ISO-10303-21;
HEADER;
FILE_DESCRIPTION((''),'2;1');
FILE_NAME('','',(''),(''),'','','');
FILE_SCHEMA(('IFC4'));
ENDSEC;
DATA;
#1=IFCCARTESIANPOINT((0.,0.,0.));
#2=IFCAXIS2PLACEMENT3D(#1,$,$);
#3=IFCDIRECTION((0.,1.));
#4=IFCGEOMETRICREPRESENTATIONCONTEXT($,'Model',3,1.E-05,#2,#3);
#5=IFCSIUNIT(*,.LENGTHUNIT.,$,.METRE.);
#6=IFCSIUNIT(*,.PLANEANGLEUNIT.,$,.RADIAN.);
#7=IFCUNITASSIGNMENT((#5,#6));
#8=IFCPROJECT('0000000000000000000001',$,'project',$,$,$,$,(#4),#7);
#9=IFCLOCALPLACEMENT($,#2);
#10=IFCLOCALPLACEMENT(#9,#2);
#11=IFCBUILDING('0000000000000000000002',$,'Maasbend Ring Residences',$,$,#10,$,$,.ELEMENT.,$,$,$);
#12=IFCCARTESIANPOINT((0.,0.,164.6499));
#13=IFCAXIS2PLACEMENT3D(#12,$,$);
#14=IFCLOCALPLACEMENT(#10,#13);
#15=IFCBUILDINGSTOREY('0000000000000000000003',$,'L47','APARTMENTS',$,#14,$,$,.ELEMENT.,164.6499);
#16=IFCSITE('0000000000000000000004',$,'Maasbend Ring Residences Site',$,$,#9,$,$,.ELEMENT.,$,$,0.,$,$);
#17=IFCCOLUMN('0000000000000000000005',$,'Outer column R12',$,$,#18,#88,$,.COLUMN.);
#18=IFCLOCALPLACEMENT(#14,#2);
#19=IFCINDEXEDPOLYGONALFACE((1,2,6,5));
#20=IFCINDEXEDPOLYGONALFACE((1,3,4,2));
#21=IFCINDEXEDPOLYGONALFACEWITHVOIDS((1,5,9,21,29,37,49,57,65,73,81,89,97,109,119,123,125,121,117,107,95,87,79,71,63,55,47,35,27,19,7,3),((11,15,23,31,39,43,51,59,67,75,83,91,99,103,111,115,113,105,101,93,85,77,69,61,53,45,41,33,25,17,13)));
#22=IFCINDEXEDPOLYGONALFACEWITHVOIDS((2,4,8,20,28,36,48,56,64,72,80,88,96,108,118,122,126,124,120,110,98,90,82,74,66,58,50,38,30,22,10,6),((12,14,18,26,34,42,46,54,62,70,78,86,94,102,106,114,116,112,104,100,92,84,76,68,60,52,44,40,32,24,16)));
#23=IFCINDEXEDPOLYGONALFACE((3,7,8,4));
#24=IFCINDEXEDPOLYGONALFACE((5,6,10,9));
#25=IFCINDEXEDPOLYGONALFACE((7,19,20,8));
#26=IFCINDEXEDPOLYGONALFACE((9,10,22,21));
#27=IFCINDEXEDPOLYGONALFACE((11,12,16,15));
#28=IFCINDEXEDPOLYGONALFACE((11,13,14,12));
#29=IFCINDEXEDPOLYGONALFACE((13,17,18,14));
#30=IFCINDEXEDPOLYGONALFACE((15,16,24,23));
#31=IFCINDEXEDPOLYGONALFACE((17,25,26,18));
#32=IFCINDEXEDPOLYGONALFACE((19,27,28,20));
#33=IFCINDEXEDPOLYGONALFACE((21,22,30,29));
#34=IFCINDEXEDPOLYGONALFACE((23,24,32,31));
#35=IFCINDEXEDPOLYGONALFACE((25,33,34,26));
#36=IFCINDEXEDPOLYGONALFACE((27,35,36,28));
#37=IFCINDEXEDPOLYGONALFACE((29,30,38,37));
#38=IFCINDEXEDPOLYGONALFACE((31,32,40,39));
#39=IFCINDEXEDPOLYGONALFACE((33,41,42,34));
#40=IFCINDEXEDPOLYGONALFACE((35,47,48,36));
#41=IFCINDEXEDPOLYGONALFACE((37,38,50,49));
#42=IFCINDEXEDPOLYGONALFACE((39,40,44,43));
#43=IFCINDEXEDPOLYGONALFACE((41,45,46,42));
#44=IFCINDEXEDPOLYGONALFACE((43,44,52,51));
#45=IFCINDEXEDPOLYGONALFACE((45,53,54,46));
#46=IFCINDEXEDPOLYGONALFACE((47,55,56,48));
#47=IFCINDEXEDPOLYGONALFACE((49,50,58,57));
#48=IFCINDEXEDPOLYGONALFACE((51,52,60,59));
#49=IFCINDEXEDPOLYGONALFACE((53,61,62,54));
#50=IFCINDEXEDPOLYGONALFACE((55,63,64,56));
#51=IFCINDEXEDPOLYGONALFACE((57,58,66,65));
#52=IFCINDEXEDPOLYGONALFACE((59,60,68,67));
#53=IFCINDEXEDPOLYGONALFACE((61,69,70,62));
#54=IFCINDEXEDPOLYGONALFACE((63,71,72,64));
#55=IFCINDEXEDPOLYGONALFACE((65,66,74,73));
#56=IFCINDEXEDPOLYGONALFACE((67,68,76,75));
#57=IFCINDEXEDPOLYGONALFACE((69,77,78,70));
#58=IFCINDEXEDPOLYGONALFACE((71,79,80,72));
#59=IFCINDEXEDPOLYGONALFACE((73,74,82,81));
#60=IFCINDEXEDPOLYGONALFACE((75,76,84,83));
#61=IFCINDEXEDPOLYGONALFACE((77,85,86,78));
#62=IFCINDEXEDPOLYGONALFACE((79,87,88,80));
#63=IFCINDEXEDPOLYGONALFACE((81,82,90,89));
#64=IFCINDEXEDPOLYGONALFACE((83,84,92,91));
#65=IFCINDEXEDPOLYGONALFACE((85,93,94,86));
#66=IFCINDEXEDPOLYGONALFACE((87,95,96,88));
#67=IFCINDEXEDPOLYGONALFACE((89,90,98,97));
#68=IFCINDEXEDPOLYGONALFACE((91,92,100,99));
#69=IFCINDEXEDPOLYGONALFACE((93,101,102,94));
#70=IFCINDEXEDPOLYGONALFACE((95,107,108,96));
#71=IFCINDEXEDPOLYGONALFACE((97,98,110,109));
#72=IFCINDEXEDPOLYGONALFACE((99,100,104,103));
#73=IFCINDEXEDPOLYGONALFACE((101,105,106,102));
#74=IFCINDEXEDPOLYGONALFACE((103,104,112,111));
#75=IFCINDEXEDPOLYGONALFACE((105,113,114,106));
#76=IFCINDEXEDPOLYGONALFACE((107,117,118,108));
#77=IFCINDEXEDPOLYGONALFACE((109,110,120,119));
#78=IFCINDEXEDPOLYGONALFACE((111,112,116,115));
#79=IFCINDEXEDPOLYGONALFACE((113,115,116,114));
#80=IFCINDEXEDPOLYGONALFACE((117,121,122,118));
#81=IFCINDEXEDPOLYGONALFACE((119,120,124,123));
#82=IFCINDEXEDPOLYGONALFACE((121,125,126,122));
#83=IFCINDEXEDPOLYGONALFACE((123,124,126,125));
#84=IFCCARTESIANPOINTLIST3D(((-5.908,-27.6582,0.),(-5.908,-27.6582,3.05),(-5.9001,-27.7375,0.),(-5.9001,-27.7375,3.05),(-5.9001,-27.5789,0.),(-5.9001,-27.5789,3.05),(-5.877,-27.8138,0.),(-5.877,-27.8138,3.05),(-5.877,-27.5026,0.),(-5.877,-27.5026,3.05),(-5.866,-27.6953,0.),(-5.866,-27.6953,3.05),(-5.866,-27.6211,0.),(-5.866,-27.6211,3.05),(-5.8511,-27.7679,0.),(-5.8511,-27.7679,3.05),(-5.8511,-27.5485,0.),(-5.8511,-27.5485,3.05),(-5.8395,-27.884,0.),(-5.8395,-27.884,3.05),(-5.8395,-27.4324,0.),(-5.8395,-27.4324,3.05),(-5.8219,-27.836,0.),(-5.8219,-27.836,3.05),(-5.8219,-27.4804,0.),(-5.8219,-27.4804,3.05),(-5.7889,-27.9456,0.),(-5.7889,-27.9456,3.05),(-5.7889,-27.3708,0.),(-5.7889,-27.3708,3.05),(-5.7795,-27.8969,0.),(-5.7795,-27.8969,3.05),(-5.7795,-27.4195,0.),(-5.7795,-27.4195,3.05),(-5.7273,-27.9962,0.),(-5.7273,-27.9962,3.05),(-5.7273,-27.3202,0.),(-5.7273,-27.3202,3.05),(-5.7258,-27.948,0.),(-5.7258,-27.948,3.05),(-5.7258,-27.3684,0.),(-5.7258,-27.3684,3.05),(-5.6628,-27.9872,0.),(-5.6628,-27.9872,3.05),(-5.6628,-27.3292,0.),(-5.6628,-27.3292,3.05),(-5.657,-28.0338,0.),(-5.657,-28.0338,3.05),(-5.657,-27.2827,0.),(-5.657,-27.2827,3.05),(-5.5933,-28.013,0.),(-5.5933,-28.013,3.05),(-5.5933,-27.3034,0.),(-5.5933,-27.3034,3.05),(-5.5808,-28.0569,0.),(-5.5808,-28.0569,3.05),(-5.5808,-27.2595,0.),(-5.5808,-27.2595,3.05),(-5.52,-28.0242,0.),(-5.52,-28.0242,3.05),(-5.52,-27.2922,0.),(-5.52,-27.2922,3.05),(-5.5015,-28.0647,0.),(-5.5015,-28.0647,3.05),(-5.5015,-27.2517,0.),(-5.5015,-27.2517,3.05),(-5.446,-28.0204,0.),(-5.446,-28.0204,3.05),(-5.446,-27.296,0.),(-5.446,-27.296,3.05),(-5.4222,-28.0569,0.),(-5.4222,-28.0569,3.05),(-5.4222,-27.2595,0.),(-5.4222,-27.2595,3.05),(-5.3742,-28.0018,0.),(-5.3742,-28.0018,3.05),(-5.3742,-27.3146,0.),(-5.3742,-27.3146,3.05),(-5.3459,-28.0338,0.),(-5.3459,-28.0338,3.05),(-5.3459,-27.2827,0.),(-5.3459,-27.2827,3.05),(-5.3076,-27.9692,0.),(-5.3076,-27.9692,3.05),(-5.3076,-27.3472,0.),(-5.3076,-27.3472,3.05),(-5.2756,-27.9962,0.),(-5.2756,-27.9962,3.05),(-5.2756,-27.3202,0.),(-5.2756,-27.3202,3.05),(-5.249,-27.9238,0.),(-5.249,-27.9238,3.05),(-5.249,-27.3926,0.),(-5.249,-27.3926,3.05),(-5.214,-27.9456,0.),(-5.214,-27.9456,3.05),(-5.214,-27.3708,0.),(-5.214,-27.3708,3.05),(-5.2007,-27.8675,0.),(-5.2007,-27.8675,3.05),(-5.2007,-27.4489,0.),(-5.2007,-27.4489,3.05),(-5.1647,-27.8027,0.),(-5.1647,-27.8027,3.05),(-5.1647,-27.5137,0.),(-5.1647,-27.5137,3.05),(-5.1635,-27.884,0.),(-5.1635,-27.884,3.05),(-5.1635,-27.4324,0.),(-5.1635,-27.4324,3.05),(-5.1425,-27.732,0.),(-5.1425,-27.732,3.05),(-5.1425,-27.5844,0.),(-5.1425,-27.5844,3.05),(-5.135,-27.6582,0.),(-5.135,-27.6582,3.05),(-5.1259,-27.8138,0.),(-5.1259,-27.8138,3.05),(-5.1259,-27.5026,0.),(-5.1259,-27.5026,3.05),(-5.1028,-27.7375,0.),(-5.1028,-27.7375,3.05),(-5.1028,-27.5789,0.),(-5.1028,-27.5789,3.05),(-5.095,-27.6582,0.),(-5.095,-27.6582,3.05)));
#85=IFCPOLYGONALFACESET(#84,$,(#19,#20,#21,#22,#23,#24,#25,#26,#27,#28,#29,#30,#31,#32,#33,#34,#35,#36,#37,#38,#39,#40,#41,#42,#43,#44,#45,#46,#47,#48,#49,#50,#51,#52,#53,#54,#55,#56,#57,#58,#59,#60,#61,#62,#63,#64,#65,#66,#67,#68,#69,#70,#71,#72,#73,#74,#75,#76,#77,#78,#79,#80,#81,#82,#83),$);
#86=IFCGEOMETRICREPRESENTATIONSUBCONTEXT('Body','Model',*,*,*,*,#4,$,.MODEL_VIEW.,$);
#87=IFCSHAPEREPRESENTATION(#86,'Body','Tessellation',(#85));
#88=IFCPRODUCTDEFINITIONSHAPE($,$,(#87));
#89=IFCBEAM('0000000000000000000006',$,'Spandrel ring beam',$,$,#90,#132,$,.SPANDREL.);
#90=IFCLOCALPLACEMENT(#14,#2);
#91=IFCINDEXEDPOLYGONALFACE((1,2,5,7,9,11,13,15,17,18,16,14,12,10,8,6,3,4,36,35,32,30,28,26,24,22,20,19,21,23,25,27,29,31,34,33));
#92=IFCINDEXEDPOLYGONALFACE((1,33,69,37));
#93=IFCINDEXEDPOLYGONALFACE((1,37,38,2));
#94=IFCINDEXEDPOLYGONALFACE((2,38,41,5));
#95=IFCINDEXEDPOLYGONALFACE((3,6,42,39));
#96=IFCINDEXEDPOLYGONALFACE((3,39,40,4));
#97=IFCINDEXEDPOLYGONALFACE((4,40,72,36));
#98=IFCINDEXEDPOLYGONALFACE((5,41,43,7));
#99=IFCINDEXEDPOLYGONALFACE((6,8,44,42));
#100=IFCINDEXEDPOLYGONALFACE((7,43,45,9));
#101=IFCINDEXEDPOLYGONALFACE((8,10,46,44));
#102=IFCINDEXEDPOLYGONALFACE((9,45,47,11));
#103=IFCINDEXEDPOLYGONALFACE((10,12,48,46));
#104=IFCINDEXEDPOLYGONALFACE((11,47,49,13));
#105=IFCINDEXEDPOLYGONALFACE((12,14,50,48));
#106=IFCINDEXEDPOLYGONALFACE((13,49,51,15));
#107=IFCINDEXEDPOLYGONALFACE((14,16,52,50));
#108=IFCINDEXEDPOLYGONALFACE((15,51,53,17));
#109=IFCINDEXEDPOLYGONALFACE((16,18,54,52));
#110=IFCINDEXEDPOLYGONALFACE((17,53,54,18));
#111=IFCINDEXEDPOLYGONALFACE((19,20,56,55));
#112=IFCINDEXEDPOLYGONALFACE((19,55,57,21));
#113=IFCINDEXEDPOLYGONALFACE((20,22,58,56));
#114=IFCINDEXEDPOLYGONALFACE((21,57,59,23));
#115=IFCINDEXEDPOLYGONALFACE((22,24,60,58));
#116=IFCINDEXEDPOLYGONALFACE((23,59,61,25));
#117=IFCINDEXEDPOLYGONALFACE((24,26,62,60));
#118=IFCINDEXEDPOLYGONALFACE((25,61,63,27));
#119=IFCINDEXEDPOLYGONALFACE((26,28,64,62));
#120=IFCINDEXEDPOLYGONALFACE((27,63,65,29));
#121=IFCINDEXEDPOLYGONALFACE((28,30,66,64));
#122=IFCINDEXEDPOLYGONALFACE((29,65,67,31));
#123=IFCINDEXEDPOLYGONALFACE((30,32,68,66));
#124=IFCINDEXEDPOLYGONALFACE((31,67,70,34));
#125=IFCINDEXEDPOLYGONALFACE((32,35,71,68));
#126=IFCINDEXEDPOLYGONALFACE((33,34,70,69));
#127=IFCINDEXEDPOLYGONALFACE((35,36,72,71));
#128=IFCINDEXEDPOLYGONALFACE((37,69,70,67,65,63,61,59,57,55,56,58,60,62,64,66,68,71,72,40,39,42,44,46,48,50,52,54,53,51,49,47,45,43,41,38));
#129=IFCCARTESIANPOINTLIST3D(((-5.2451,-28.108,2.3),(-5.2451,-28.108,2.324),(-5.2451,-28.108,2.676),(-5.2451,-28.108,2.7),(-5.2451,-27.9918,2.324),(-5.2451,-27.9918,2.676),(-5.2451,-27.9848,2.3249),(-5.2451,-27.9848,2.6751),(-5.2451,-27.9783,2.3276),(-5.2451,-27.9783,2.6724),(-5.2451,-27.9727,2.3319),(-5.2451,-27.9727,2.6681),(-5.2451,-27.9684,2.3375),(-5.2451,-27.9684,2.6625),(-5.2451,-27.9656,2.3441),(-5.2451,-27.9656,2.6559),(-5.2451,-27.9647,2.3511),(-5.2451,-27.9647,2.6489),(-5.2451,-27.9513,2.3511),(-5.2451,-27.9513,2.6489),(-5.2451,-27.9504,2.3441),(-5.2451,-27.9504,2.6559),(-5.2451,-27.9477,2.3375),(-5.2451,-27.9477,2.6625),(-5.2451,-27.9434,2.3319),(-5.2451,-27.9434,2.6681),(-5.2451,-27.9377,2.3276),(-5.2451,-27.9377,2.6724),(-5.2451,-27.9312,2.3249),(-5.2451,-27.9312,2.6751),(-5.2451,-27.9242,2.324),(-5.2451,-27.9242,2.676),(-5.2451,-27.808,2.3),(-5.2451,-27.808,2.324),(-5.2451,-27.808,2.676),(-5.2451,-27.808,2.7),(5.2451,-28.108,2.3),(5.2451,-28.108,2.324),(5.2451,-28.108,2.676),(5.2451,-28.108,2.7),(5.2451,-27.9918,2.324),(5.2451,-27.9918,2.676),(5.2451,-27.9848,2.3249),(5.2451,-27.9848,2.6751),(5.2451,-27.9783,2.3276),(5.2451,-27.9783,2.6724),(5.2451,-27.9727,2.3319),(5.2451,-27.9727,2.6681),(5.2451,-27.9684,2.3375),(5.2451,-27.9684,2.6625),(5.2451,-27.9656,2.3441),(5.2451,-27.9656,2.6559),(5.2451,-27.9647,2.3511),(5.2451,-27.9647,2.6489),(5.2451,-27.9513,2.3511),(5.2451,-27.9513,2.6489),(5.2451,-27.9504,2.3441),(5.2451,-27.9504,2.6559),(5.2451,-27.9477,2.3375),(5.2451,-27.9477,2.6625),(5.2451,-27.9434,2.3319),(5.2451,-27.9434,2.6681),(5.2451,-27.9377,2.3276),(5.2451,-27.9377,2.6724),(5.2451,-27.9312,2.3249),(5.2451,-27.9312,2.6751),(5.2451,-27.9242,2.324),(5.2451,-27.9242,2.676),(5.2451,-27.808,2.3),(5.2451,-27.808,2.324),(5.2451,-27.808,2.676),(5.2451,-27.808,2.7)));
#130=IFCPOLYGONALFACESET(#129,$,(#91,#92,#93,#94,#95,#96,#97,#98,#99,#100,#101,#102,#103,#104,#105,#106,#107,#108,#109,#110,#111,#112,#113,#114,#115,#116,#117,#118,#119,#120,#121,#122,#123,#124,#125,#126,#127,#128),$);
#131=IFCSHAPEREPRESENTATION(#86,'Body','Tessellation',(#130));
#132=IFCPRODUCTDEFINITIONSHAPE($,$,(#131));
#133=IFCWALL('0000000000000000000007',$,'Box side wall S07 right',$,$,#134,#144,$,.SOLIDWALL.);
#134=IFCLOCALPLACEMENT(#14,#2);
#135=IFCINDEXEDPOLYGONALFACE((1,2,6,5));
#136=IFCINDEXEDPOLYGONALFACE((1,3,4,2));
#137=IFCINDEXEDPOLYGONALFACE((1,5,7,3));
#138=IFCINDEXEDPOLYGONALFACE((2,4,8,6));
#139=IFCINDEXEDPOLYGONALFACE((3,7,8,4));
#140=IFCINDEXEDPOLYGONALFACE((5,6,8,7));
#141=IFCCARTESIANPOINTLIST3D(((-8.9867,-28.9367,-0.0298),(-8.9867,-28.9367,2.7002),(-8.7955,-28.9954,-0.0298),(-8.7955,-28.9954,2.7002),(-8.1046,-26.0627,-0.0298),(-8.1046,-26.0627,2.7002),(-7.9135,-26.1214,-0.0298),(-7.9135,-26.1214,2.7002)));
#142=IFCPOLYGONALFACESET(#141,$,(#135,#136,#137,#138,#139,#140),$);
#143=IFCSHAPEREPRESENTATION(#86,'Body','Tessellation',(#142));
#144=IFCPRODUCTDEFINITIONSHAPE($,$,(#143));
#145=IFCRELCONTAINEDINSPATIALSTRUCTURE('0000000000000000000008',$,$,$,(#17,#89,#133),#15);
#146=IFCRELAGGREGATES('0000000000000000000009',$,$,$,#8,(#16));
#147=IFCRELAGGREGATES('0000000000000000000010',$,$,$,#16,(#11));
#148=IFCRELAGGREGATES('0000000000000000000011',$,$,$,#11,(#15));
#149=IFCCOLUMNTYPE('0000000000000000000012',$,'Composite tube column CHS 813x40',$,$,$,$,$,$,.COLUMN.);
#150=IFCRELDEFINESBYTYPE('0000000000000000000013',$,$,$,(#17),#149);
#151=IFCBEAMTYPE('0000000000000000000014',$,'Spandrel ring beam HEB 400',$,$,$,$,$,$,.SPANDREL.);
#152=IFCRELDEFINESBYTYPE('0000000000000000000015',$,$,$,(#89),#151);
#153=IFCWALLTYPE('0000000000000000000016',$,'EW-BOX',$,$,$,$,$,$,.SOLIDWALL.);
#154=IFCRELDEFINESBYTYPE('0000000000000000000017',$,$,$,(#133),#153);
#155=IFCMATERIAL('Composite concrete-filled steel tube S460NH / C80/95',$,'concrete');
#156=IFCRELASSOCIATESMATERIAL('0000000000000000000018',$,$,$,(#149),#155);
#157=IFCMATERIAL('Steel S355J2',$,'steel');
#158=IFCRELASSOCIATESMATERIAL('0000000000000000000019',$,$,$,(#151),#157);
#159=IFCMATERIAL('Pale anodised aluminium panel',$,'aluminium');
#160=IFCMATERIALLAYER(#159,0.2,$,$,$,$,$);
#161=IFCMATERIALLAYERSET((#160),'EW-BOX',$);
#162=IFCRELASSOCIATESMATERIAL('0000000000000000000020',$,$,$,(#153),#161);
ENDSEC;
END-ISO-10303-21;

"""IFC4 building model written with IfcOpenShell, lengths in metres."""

from ifc_helpers import new_model, si_unit, direction, frame, frame_2d, origin, origin_2d, place, context, subcontext, project, spatial, rectangle, hollow_circle, i_section, extrude, material, layer, layer_set, material_profile, profile_set, type_object, element, save


model = new_model("IFC4")

# Units and contexts
model_context = context("Model", 3, precision=1e-05, world=origin(), true_north=direction((0.0, 1.0)))
body_context = subcontext(model_context, "Body", "Model", "MODEL_VIEW")
ifc_project = project(units=[si_unit("LENGTHUNIT", "METRE"), si_unit("PLANEANGLEUNIT", "RADIAN")], contexts=[model_context])

# Site, building, storey
site_placement = place(None, origin())
site = spatial("IfcSite", under=ifc_project, at=site_placement, Name="Maasbend Ring Residences Site", CompositionType="ELEMENT", RefElevation=0.0)
building_placement = place(site_placement, origin())
building = spatial("IfcBuilding", under=site, at=building_placement, Name="Maasbend Ring Residences", CompositionType="ELEMENT")
storey_placement = place(building_placement, frame((0.0, 0.0, 164.6499)))
storey = spatial("IfcBuildingStorey", under=building, at=storey_placement, Name="L47", Description="APARTMENTS", CompositionType="ELEMENT", Elevation=164.6499)

# Column
ifc_material_1 = material(Name="Composite concrete-filled steel tube S460NH / C80/95", Category="concrete")
ifc_material_profile_1 = material_profile(ifc_material_1, hollow_circle(Radius=0.4065, WallThickness=0.04, at=origin_2d()), Name="Composite tube column CHS 813x40")
ifc_profile_set_1 = profile_set([ifc_material_profile_1], Name="Composite concrete-filled steel tube S460NH / C80/95")
column_type = type_object("IfcColumnType", Name="Composite tube column CHS 813x40", PredefinedType="COLUMN", material=ifc_profile_set_1)
column_placement = place(storey_placement, frame((-5.5015, -27.6582, 0.0), z_axis=(0.0, 0.0, 1.0), x_axis=(1.0, 0.0, 0.0)))
element("IfcColumn", 1, at=column_placement, inside=storey, type_object=column_type, Name="Outer column R12", PredefinedType="COLUMN", context=body_context, shape_type="SweptSolid", body=[
    extrude(hollow_circle(Radius=0.4065, WallThickness=0.04, at=origin_2d()), origin(), (0.0, 0.0, 1.0), 3.05),
])

# Beam
ifc_material_2 = material(Name="Steel S355J2", Category="steel")
ifc_material_profile_2 = material_profile(ifc_material_2, i_section(OverallWidth=0.3, OverallDepth=0.3999, WebThickness=0.0134, FlangeThickness=0.0239, FilletRadius=0.0271, at=origin_2d()), Name="HEB 400")
ifc_profile_set_2 = profile_set([ifc_material_profile_2], Name="Steel S355J2")
beam_type = type_object("IfcBeamType", Name="Spandrel ring beam HEB 400", PredefinedType="SPANDREL", material=ifc_profile_set_2)
beam_placement = place(storey_placement, frame((-5.2451, -27.958, 2.5), z_axis=(1.0, 0.0, 0.0), x_axis=(0.0, 1.0, 0.0)))
element("IfcBeam", 2, at=beam_placement, inside=storey, type_object=beam_type, Name="Spandrel ring beam", PredefinedType="SPANDREL", context=body_context, shape_type="SweptSolid", body=[
    extrude(i_section(OverallWidth=0.3, OverallDepth=0.3999, WebThickness=0.0134, FlangeThickness=0.0239, FilletRadius=0.0271, at=origin_2d()), origin(), (0.0, 0.0, 1.0), 10.4902),
])

# Wall
ifc_material_3 = material(Name="Pale anodised aluminium panel", Category="aluminium")
ifc_layer_1 = layer(ifc_material_3, 0.2)
ifc_layer_set_1 = layer_set([ifc_layer_1], Name="EW-BOX")
wall_type_1 = type_object("IfcWallType", Name="EW-BOX", PredefinedType="SOLIDWALL", material=ifc_layer_set_1)
wall_1_placement = place(storey_placement, frame((-8.009, -26.092, -0.0298), z_axis=(0.0, 0.0, 1.0), x_axis=(-0.293407, -0.955988, 0.0)))
element("IfcWall", 3, at=wall_1_placement, inside=storey, type_object=wall_type_1, Name="Box side wall S07 right", PredefinedType="SOLIDWALL", context=body_context, shape_type="SweptSolid", body=[
    extrude(rectangle(XDim=3.0063, YDim=0.2, at=frame_2d((1.5032, 0.0))), origin(), (0.0, 0.0, 1.0), 2.73),
])

save(model, "model.ifc")
